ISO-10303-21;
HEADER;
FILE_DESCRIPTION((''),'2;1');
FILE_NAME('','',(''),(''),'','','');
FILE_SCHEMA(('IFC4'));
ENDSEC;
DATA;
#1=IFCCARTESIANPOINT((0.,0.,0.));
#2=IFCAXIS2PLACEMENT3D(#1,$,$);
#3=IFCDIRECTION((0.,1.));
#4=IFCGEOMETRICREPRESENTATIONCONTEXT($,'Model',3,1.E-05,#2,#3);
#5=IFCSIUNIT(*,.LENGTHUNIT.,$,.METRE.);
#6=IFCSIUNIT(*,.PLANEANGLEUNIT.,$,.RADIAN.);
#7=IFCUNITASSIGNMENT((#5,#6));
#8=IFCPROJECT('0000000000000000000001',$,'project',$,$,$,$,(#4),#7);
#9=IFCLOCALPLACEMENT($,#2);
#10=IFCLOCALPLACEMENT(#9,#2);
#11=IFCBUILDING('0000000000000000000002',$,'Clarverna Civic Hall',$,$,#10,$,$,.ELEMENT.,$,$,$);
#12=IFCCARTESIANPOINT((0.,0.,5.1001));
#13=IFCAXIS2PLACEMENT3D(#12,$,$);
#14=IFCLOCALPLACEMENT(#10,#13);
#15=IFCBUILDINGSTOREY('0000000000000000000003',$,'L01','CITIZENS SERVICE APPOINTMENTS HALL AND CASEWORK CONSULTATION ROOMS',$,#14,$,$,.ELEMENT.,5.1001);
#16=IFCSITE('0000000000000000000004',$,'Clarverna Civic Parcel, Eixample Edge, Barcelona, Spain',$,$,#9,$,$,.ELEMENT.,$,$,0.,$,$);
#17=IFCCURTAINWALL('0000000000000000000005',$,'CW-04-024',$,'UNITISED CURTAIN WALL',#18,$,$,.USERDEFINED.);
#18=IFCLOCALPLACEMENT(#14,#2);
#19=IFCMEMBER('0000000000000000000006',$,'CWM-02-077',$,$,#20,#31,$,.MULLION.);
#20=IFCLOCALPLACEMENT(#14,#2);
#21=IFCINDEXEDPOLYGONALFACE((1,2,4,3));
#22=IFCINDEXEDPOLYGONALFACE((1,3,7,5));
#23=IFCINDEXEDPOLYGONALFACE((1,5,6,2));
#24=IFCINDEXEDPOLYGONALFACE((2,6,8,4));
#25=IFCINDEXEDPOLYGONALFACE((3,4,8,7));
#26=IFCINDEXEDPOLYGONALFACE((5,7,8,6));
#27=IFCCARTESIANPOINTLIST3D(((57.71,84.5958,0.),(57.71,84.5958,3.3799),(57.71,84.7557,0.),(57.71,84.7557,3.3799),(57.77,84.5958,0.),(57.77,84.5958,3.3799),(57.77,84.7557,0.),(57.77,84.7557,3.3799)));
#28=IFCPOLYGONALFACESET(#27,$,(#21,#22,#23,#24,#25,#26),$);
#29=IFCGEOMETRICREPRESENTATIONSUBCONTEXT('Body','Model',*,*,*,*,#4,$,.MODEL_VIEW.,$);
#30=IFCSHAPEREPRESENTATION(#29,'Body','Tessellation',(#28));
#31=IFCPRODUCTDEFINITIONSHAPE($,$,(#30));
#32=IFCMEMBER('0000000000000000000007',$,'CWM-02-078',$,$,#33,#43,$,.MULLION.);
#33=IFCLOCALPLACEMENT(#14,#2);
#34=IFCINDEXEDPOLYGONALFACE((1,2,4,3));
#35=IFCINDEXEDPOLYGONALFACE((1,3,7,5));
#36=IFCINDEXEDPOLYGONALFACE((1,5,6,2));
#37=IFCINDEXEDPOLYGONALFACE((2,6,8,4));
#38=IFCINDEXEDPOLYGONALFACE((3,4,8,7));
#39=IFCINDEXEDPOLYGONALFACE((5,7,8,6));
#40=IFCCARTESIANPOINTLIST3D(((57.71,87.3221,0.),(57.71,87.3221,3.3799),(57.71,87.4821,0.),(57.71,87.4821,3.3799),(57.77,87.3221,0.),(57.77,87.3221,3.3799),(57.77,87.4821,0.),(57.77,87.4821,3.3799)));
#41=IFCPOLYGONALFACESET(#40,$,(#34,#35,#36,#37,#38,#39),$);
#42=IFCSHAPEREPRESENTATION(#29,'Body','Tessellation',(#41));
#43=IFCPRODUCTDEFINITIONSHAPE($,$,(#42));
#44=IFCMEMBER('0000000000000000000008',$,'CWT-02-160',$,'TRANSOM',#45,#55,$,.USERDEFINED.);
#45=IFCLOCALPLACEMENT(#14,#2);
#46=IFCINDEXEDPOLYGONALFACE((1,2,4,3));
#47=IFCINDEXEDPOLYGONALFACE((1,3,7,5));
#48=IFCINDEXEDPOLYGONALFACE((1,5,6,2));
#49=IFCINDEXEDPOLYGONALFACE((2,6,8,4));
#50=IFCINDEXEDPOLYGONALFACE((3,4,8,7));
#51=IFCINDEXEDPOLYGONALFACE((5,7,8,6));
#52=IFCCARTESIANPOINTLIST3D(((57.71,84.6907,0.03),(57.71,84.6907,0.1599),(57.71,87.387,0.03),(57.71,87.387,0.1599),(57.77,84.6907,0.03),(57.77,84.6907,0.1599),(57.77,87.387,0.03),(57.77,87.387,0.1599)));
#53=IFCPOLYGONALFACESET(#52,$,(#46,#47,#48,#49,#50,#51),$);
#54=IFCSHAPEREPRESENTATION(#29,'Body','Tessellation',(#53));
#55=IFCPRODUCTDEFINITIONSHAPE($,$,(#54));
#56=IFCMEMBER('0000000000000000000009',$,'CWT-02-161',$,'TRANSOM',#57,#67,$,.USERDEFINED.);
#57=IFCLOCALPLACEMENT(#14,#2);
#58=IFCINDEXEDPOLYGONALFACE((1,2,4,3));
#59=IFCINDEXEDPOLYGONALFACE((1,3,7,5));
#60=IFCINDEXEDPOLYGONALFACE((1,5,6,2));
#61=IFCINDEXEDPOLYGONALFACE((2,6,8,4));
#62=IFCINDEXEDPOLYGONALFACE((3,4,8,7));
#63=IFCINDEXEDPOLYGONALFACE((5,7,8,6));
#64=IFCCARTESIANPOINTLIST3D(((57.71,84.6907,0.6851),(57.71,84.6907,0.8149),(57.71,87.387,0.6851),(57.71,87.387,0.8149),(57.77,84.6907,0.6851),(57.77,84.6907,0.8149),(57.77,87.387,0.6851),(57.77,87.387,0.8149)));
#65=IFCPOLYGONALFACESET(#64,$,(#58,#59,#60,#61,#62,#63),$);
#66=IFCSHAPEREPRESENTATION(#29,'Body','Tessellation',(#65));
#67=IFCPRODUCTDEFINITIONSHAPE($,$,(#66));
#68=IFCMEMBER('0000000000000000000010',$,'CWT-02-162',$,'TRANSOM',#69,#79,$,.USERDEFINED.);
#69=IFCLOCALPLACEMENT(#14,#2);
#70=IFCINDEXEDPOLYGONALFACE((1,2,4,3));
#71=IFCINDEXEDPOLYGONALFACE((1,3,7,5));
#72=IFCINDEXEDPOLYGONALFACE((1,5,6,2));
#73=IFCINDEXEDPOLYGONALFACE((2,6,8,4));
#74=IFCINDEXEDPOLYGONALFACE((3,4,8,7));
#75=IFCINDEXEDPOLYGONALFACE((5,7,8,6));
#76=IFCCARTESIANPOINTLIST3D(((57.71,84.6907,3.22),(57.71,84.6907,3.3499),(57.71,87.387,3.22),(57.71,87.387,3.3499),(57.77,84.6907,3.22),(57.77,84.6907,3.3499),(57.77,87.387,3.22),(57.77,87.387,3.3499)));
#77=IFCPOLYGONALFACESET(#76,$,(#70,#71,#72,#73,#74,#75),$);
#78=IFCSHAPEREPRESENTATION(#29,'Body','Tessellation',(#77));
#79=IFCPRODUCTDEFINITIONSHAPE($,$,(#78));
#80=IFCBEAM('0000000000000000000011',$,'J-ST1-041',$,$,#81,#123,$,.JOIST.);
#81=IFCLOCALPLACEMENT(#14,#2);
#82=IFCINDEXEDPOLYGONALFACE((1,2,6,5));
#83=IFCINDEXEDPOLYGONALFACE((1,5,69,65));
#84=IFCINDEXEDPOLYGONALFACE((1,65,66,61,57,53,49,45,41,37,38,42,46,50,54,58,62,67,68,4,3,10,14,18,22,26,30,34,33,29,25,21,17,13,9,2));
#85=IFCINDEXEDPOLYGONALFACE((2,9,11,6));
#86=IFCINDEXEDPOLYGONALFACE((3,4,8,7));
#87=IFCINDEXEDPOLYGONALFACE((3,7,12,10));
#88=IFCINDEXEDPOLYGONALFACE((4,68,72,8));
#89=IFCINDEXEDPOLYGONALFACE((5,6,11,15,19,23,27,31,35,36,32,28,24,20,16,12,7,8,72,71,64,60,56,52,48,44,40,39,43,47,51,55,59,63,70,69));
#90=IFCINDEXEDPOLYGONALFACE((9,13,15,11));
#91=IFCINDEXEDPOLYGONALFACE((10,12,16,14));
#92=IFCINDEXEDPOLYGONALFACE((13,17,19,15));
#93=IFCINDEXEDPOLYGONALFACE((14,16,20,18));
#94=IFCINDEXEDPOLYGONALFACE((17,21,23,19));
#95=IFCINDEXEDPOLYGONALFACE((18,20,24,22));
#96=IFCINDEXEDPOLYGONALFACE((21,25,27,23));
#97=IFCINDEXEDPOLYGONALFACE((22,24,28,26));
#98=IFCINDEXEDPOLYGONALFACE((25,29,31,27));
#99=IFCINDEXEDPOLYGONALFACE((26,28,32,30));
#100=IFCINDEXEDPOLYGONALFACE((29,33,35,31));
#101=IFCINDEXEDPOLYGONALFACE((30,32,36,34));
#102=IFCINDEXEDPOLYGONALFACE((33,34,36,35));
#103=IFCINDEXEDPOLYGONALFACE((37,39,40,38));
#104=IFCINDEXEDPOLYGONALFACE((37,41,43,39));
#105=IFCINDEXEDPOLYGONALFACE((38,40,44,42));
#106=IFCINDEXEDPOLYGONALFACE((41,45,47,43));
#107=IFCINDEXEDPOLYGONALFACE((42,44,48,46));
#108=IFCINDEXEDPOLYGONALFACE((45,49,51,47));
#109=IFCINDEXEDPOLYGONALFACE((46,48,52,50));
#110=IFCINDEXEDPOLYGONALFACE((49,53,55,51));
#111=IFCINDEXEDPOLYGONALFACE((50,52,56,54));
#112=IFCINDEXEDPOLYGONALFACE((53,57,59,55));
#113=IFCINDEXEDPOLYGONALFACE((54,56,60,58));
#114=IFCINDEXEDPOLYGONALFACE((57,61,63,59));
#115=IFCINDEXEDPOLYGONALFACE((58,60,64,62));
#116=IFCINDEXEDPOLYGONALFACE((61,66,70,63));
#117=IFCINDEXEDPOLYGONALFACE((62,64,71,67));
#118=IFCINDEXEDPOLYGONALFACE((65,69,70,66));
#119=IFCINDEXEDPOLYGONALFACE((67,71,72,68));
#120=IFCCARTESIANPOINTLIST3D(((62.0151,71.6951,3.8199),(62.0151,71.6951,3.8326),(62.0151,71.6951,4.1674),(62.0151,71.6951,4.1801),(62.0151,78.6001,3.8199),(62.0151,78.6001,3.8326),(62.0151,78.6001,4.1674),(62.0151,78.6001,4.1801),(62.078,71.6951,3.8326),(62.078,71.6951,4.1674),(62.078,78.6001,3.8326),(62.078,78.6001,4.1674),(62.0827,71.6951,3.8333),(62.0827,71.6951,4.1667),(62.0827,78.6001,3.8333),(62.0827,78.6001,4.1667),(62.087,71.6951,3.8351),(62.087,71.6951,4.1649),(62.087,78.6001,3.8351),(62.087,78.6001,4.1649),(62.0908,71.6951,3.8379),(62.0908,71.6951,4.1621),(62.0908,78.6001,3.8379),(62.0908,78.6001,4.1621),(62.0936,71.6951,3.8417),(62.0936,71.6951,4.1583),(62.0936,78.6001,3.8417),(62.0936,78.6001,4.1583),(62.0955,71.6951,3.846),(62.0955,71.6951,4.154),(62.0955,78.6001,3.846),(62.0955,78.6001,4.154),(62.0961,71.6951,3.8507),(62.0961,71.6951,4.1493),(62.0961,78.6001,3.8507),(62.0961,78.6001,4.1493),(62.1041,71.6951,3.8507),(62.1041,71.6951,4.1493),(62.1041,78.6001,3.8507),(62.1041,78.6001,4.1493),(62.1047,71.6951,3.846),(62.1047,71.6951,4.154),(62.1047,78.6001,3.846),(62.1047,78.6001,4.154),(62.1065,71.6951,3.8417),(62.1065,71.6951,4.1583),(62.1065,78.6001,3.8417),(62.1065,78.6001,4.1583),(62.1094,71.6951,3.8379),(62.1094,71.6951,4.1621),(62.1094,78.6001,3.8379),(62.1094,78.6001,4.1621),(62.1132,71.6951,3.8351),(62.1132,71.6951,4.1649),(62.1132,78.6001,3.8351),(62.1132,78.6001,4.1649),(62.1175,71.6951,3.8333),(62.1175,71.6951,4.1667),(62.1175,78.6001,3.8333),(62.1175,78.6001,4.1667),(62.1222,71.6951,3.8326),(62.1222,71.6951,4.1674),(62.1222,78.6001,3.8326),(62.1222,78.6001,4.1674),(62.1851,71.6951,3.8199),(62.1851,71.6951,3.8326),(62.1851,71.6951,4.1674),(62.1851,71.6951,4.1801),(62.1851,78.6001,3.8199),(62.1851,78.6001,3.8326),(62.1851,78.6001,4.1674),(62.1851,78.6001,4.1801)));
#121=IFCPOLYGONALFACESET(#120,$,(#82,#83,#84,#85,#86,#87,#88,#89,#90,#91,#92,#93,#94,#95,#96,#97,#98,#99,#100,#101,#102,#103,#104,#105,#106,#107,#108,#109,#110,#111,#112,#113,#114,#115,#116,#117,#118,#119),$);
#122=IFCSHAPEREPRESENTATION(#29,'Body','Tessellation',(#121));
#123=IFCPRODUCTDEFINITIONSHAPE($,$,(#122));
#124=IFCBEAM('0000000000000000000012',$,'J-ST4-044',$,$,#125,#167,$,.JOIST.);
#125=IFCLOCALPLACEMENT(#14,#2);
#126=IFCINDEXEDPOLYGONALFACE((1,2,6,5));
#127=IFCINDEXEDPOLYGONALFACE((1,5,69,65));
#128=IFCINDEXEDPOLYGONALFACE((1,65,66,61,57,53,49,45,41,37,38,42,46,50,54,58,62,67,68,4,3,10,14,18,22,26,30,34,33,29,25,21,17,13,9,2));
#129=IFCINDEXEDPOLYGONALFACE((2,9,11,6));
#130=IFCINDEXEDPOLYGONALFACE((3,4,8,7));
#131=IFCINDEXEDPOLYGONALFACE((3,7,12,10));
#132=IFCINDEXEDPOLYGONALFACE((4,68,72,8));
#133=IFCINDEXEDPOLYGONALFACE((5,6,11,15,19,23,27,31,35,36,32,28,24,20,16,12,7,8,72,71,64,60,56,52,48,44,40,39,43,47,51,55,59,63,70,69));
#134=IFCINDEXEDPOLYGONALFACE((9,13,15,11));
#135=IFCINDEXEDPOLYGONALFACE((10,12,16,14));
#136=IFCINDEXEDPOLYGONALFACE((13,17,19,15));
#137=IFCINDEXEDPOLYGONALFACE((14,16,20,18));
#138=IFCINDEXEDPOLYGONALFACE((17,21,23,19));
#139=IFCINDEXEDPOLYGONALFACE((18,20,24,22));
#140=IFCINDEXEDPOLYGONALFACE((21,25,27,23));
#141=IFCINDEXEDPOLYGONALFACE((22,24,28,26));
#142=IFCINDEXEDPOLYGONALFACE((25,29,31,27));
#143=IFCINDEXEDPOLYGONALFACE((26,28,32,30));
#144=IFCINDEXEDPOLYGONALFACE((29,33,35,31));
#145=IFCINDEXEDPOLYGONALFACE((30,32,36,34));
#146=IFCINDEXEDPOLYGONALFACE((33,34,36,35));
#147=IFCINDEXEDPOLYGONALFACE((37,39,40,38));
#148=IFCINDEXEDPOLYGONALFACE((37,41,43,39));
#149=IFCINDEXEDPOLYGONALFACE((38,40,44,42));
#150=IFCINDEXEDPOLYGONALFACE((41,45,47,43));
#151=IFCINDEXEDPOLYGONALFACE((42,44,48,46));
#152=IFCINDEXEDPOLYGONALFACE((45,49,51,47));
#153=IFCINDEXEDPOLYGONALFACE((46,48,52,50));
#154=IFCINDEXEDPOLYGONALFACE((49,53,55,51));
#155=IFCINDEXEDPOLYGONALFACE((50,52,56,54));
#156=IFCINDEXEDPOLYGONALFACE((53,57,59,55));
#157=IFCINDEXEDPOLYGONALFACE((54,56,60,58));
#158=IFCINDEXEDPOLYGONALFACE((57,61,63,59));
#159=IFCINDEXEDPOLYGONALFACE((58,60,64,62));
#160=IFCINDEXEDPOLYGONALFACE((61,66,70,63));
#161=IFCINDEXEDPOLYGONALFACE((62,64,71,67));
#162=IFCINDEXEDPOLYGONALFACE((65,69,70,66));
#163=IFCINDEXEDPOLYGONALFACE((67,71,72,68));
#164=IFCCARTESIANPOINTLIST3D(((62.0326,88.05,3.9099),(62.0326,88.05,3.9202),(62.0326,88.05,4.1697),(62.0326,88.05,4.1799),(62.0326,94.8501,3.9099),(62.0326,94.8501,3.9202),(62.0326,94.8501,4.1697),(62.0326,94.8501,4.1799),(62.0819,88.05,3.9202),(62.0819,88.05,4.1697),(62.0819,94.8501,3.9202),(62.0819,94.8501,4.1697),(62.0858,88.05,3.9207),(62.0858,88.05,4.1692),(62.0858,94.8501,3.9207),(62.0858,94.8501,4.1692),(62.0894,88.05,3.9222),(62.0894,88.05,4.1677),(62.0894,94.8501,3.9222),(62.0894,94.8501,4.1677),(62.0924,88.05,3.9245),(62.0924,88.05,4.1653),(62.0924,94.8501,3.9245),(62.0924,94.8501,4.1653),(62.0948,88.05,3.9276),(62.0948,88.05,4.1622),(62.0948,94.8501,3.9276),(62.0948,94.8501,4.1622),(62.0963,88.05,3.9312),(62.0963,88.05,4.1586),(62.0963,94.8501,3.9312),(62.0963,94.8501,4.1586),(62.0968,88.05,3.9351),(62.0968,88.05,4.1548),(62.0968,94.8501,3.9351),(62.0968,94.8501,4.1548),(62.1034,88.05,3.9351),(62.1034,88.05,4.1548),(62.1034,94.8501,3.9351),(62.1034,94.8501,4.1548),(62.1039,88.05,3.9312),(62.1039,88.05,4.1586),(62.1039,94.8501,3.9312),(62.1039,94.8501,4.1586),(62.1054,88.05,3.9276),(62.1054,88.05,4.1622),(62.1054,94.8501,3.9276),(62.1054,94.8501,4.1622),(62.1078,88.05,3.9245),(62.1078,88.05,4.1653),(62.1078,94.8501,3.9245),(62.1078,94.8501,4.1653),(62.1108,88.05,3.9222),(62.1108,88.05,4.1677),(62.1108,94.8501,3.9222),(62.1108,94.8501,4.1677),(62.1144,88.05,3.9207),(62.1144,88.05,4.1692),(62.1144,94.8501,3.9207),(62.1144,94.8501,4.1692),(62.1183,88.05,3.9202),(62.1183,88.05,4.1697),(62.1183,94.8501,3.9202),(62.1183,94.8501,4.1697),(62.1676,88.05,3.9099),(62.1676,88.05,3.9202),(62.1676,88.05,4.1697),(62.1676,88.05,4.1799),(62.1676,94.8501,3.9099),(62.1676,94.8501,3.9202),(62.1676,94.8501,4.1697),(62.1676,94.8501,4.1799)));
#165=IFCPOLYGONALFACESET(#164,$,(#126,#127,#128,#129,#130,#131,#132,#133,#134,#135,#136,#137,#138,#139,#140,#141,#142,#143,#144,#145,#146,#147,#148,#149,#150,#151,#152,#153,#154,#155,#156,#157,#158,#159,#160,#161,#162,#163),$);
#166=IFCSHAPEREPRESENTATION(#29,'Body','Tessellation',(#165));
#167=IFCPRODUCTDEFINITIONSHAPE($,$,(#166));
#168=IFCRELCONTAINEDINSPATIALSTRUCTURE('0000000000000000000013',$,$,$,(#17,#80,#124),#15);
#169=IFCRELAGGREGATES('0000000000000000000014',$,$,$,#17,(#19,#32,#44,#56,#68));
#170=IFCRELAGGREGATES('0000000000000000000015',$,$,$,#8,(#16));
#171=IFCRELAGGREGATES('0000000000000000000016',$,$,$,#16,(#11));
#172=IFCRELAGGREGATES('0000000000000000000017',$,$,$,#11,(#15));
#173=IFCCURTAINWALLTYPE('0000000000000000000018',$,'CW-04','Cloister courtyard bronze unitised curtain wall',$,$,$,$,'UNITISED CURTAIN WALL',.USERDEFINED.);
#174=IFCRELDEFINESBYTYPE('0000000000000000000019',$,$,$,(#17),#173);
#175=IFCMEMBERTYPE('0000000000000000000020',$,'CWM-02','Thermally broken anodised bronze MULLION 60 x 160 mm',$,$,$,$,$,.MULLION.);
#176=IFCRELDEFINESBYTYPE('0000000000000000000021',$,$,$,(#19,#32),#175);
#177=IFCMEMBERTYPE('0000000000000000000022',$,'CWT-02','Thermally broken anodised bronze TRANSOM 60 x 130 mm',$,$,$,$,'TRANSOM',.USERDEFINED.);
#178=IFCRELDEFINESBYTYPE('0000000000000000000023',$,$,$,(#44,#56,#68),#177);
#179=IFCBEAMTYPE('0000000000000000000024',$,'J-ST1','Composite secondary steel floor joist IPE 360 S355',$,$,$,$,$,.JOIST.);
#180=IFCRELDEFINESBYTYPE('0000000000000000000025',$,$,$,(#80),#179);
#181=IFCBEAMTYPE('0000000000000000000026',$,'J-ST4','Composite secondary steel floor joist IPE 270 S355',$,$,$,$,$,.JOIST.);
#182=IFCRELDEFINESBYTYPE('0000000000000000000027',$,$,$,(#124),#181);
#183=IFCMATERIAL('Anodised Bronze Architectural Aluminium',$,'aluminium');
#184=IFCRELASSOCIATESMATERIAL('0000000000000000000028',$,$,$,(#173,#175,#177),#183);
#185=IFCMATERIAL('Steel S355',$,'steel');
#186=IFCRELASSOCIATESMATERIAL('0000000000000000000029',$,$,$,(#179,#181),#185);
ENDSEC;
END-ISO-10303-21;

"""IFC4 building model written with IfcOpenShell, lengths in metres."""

from ifc_helpers import new_model, si_unit, direction, frame, origin, origin_2d, place, context, subcontext, project, spatial, rectangle, i_section, extrude, material, material_profile, profile_set, type_object, element, aggregate, save


model = new_model("IFC4")

# Units and contexts
model_context = context("Model", 3, precision=1e-05, world=origin(), true_north=direction((0.0, 1.0)))
body_context = subcontext(model_context, "Body", "Model", "MODEL_VIEW")
ifc_project = project(units=[si_unit("LENGTHUNIT", "METRE"), si_unit("PLANEANGLEUNIT", "RADIAN")], contexts=[model_context])

# Site, building, storey
site_placement = place(None, origin())
site = spatial("IfcSite", under=ifc_project, at=site_placement, Name="Clarverna Civic Parcel, Eixample Edge, Barcelona, Spain", CompositionType="ELEMENT", RefElevation=0.0)
building_placement = place(site_placement, origin())
building = spatial("IfcBuilding", under=site, at=building_placement, Name="Clarverna Civic Hall", CompositionType="ELEMENT")
storey_placement = place(building_placement, frame((0.0, 0.0, 5.1001)))
storey = spatial("IfcBuildingStorey", under=building, at=storey_placement, Name="L01", Description="CITIZENS SERVICE APPOINTMENTS HALL AND CASEWORK CONSULTATION ROOMS", CompositionType="ELEMENT", Elevation=5.1001)

# Shared definitions
ifc_material_1 = material(Name="Steel S355", Category="steel")

# Curtain wall, members
ifc_material_2 = material(Name="Anodised Bronze Architectural Aluminium", Category="aluminium")
curtain_wall_type = type_object("IfcCurtainWallType", Name="CW-04", Description="Cloister courtyard bronze unitised curtain wall", ElementType="UNITISED CURTAIN WALL", PredefinedType="USERDEFINED", material=ifc_material_2)
curtain_wall_placement = place(storey_placement, origin())
curtain_wall = element("IfcCurtainWall", 1, at=curtain_wall_placement, inside=storey, type_object=curtain_wall_type, Name="CW-04-024", ObjectType="UNITISED CURTAIN WALL", PredefinedType="USERDEFINED")
ifc_material_profile_1 = material_profile(ifc_material_2, rectangle(XDim=0.0601, YDim=0.1599, at=origin_2d()), Name="BRONZE 60x160")
ifc_profile_set_1 = profile_set([ifc_material_profile_1], Name="Anodised Bronze Architectural Aluminium")
member_type_1 = type_object("IfcMemberType", Name="CWM-02", Description="Thermally broken anodised bronze MULLION 60 x 160 mm", PredefinedType="MULLION", material=ifc_profile_set_1)
member_1_placement = place(storey_placement, frame((57.74, 84.6758, 0.0), z_axis=(0.0, 0.0, 1.0), x_axis=(1.0, 0.0, 0.0)))
member_1 = element("IfcMember", 2, at=member_1_placement, type_object=member_type_1, Name="CWM-02-077", PredefinedType="MULLION", context=body_context, shape_type="SweptSolid", body=[
    extrude(rectangle(XDim=0.0601, YDim=0.1599, at=origin_2d()), origin(), (0.0, 0.0, 1.0), 3.3799),
])
member_2_placement = place(storey_placement, frame((57.74, 87.4021, 0.0), z_axis=(0.0, 0.0, 1.0), x_axis=(1.0, 0.0, 0.0)))
member_2 = element("IfcMember", 3, at=member_2_placement, type_object=member_type_1, Name="CWM-02-078", PredefinedType="MULLION", context=body_context, shape_type="SweptSolid", body=[
    extrude(rectangle(XDim=0.0601, YDim=0.1599, at=origin_2d()), origin(), (0.0, 0.0, 1.0), 3.3799),
])
ifc_material_profile_2 = material_profile(ifc_material_2, rectangle(XDim=0.0601, YDim=0.1299, at=origin_2d()), Name="BRONZE 60x130")
ifc_profile_set_2 = profile_set([ifc_material_profile_2], Name="Anodised Bronze Architectural Aluminium")
member_type_2 = type_object("IfcMemberType", Name="CWT-02", Description="Thermally broken anodised bronze TRANSOM 60 x 130 mm", ElementType="TRANSOM", PredefinedType="USERDEFINED", material=ifc_profile_set_2)
member_3_placement = place(storey_placement, frame((57.74, 84.6907, 0.095), z_axis=(0.0, 1.0, 0.0), x_axis=(-1.0, 0.0, 0.0)))
member_3 = element("IfcMember", 4, at=member_3_placement, type_object=member_type_2, Name="CWT-02-160", ObjectType="TRANSOM", PredefinedType="USERDEFINED", context=body_context, shape_type="SweptSolid", body=[
    extrude(rectangle(XDim=0.0601, YDim=0.1299, at=origin_2d()), origin(), (0.0, 0.0, 1.0), 2.6963),
])
member_4_placement = place(storey_placement, frame((57.74, 84.6907, 0.75), z_axis=(0.0, 1.0, 0.0), x_axis=(-1.0, 0.0, 0.0)))
member_4 = element("IfcMember", 5, at=member_4_placement, type_object=member_type_2, Name="CWT-02-161", ObjectType="TRANSOM", PredefinedType="USERDEFINED", context=body_context, shape_type="SweptSolid", body=[
    extrude(rectangle(XDim=0.0601, YDim=0.1299, at=origin_2d()), origin(), (0.0, 0.0, 1.0), 2.6963),
])
member_5_placement = place(storey_placement, frame((57.74, 84.6907, 3.2849), z_axis=(0.0, 1.0, 0.0), x_axis=(-1.0, 0.0, 0.0)))
member_5 = element("IfcMember", 6, at=member_5_placement, type_object=member_type_2, Name="CWT-02-162", ObjectType="TRANSOM", PredefinedType="USERDEFINED", context=body_context, shape_type="SweptSolid", body=[
    extrude(rectangle(XDim=0.0601, YDim=0.1299, at=origin_2d()), origin(), (0.0, 0.0, 1.0), 2.6963),
])

# Beams
ifc_material_profile_3 = material_profile(ifc_material_1, i_section(OverallWidth=0.1699, OverallDepth=0.3601, WebThickness=0.0081, FlangeThickness=0.0127, FilletRadius=0.0181, at=origin_2d()), Name="IPE 360")
ifc_profile_set_3 = profile_set([ifc_material_profile_3], Name="Steel S355")
beam_type_1 = type_object("IfcBeamType", Name="J-ST1", Description="Composite secondary steel floor joist IPE 360 S355", PredefinedType="JOIST", material=ifc_profile_set_3)
beam_1_placement = place(storey_placement, frame((62.1001, 71.6951, 4.0), z_axis=(0.0, 1.0, 0.0), x_axis=(-1.0, 0.0, 0.0)))
element("IfcBeam", 7, at=beam_1_placement, inside=storey, type_object=beam_type_1, Name="J-ST1-041", PredefinedType="JOIST", context=body_context, shape_type="SweptSolid", body=[
    extrude(i_section(OverallWidth=0.1699, OverallDepth=0.3601, WebThickness=0.0081, FlangeThickness=0.0127, FilletRadius=0.0181, at=origin_2d()), origin(), (0.0, 0.0, 1.0), 6.905),
])
ifc_material_profile_4 = material_profile(ifc_material_1, i_section(OverallWidth=0.135, OverallDepth=0.27, WebThickness=0.0066, FlangeThickness=0.0103, FilletRadius=0.0149, at=origin_2d()), Name="IPE 270")
ifc_profile_set_4 = profile_set([ifc_material_profile_4], Name="Steel S355")
beam_type_2 = type_object("IfcBeamType", Name="J-ST4", Description="Composite secondary steel floor joist IPE 270 S355", PredefinedType="JOIST", material=ifc_profile_set_4)
beam_2_placement = place(storey_placement, frame((62.1001, 88.05, 4.0449), z_axis=(0.0, 1.0, 0.0), x_axis=(-1.0, 0.0, 0.0)))
element("IfcBeam", 8, at=beam_2_placement, inside=storey, type_object=beam_type_2, Name="J-ST4-044", PredefinedType="JOIST", context=body_context, shape_type="SweptSolid", body=[
    extrude(i_section(OverallWidth=0.135, OverallDepth=0.27, WebThickness=0.0066, FlangeThickness=0.0103, FilletRadius=0.0149, at=origin_2d()), origin(), (0.0, 0.0, 1.0), 6.8),
])

aggregate(curtain_wall, [member_1, member_2, member_3, member_4, member_5])

save(model, "model.ifc")
